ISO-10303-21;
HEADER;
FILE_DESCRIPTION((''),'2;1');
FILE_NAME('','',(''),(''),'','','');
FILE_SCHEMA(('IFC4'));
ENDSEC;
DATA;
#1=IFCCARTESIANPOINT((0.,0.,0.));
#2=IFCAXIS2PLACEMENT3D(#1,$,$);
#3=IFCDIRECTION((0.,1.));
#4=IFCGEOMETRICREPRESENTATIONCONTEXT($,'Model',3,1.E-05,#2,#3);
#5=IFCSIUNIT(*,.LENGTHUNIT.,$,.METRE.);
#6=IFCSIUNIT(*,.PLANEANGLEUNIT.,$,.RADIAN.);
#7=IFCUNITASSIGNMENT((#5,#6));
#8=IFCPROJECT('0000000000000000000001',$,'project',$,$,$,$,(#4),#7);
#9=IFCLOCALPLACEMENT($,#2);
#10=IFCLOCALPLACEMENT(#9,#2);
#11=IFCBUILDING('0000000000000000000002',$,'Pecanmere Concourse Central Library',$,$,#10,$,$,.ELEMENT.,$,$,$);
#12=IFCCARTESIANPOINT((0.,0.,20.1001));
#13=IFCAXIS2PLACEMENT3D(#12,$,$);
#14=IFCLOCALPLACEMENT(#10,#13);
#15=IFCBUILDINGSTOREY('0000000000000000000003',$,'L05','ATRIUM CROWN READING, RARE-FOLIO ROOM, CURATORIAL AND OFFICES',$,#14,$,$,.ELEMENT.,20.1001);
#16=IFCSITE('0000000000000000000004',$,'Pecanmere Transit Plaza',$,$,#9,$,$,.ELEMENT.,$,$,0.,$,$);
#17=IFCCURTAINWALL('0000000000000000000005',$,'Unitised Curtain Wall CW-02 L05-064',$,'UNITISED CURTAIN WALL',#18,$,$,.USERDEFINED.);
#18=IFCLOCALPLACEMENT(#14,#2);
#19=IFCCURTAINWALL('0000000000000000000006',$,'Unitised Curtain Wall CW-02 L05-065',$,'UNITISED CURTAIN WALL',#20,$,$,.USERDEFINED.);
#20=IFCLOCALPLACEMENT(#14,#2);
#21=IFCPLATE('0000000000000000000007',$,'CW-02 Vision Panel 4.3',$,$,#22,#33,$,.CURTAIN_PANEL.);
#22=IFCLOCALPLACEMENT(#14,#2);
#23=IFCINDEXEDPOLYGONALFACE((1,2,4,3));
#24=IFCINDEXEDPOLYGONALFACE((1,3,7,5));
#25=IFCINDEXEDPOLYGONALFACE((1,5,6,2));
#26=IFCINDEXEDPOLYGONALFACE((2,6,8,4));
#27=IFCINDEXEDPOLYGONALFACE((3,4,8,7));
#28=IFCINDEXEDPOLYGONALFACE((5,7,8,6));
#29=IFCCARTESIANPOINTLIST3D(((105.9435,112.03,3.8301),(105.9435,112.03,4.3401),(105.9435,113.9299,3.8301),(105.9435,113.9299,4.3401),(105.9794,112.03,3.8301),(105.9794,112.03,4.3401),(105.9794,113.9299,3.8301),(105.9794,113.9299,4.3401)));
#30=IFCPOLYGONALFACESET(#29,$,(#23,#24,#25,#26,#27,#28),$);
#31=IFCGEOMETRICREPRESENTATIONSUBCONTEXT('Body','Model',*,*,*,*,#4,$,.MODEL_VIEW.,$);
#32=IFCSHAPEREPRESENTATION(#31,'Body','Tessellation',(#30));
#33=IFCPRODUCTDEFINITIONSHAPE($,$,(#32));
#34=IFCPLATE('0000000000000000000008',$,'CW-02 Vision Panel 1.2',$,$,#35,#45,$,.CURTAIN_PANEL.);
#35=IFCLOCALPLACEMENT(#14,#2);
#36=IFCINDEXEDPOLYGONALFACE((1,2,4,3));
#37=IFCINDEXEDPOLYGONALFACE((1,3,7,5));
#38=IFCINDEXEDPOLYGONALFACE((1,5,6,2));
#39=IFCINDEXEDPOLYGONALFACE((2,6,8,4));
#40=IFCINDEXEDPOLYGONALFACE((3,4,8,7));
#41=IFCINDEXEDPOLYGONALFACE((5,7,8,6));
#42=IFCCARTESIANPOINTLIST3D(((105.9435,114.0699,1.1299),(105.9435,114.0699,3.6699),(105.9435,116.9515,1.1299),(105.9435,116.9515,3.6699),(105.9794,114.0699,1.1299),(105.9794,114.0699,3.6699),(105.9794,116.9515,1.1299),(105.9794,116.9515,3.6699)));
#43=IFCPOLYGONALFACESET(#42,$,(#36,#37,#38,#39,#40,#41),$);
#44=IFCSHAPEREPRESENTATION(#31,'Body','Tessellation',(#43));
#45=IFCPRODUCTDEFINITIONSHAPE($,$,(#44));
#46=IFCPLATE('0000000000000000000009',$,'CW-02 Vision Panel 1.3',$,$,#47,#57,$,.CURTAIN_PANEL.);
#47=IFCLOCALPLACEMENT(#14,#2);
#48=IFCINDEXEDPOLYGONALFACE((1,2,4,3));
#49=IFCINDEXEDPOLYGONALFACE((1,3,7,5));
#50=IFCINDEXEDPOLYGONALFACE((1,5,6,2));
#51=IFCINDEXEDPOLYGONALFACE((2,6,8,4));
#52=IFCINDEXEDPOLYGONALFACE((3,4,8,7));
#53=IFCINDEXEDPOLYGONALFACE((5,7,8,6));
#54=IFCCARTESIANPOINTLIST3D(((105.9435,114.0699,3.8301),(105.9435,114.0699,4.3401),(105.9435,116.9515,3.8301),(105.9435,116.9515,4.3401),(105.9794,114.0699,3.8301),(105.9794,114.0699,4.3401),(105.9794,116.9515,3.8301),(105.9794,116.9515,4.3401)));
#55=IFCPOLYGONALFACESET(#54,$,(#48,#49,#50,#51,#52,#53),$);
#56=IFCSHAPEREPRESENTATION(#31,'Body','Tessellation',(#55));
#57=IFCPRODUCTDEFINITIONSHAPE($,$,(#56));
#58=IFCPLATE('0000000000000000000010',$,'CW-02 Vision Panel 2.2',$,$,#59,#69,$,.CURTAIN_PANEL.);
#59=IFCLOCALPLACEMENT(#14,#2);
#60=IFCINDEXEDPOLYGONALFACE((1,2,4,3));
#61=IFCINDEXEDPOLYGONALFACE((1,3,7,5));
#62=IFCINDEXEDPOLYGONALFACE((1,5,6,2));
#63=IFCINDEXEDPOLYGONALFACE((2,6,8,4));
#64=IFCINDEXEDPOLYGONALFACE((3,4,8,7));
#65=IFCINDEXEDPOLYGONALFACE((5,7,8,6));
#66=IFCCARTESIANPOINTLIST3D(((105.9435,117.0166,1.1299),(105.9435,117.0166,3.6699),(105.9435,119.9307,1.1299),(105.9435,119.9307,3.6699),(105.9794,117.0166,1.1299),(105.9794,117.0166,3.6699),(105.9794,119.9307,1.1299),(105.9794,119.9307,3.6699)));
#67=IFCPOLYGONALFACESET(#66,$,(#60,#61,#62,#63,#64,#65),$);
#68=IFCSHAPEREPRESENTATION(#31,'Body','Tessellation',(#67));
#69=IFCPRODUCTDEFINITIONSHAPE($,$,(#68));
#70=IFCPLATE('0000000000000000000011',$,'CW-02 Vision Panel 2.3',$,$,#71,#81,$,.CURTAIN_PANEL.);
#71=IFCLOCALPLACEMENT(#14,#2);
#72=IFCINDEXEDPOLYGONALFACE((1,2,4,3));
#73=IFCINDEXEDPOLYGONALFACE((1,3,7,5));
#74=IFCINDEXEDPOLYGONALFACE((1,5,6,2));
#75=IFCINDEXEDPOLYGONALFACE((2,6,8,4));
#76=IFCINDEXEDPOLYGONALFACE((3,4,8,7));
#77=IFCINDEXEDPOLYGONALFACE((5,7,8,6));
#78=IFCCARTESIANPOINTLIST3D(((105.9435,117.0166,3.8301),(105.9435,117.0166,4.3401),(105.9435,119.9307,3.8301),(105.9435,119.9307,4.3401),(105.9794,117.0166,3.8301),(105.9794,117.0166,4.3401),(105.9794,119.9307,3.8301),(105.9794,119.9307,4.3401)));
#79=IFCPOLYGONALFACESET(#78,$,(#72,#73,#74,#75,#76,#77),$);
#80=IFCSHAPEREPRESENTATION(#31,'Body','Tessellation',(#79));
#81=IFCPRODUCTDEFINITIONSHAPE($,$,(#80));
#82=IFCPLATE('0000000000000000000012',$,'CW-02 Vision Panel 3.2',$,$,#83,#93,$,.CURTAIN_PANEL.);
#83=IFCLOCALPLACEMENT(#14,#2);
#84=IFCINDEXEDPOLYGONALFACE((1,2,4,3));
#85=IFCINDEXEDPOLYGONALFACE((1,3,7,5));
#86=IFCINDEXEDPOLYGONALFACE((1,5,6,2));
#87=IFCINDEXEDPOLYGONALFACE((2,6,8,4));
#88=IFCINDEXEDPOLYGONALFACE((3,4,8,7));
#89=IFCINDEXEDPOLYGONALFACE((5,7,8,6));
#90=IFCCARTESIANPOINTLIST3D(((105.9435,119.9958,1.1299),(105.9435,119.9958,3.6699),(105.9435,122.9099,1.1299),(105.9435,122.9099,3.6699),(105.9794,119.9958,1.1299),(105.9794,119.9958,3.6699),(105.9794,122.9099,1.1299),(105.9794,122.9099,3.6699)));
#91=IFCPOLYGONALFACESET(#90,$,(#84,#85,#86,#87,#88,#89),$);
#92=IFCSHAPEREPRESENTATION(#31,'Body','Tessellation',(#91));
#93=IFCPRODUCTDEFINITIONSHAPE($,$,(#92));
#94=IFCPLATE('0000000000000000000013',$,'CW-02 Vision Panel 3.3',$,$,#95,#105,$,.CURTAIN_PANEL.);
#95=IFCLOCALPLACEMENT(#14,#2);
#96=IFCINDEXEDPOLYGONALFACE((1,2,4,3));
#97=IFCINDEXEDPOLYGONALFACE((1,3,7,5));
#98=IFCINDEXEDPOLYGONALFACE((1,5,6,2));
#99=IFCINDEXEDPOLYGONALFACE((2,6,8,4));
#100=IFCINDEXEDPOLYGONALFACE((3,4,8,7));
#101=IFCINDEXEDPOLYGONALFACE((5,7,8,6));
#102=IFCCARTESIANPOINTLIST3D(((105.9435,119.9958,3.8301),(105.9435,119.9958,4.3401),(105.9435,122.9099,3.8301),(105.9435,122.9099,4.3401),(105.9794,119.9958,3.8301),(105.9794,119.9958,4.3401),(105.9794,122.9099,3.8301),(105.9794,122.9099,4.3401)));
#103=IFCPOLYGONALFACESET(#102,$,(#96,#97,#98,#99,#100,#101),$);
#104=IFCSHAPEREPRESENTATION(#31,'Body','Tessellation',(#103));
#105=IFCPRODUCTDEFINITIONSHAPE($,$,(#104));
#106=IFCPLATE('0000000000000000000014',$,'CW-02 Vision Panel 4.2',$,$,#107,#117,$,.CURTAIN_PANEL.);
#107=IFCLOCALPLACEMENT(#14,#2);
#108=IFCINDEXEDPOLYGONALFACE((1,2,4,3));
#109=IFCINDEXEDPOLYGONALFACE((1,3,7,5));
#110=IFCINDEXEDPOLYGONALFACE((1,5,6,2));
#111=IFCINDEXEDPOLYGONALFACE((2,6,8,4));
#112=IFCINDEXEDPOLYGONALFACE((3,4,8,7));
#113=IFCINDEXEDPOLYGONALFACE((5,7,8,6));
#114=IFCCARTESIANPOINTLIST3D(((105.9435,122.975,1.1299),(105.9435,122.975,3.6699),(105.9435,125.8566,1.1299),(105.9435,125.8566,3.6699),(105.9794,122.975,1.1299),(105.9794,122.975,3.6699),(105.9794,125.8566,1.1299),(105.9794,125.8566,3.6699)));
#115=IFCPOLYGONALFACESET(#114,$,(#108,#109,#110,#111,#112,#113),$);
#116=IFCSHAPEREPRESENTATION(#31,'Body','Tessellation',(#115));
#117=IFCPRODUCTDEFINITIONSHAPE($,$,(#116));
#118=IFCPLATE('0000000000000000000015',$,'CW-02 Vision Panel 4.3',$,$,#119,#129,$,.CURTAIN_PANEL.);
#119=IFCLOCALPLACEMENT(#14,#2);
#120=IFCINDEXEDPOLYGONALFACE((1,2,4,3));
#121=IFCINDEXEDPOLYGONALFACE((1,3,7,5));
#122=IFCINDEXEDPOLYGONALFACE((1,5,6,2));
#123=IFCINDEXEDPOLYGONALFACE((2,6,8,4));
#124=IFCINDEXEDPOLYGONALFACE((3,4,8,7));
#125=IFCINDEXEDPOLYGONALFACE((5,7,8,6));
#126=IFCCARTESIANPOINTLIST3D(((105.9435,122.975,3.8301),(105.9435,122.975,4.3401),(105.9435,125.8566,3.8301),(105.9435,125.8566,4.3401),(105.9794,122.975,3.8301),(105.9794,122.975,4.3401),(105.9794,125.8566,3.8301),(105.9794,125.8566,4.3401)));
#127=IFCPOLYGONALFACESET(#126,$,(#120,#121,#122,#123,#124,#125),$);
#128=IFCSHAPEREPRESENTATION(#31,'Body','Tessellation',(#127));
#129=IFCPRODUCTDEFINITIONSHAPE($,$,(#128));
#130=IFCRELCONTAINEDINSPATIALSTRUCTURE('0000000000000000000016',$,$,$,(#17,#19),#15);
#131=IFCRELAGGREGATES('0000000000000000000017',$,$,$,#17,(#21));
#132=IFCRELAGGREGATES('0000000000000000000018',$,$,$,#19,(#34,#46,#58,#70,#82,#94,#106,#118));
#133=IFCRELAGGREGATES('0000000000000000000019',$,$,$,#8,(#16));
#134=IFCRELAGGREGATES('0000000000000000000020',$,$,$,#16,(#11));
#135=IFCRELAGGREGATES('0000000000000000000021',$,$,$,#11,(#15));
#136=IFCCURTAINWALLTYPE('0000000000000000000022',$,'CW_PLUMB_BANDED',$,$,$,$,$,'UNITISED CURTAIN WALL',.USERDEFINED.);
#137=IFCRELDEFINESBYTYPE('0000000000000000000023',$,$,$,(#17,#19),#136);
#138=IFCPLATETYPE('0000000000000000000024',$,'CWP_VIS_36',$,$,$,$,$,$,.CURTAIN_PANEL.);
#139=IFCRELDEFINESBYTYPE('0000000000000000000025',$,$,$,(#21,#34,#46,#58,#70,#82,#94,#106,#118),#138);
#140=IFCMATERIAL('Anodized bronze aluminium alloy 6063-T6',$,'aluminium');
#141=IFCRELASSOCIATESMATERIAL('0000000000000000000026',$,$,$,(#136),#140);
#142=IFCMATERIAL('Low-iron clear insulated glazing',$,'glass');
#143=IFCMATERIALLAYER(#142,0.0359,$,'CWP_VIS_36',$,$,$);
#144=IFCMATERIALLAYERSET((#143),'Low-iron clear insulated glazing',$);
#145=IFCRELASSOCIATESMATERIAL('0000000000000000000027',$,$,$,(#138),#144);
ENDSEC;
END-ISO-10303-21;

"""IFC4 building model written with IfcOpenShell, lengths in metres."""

from ifc_helpers import new_model, si_unit, direction, frame, origin, origin_2d, place, context, subcontext, project, spatial, rectangle, extrude, material, layer, layer_set, type_object, element, aggregate, save


model = new_model("IFC4")

# Units and contexts
model_context = context("Model", 3, precision=1e-05, world=origin(), true_north=direction((0.0, 1.0)))
body_context = subcontext(model_context, "Body", "Model", "MODEL_VIEW")
ifc_project = project(units=[si_unit("LENGTHUNIT", "METRE"), si_unit("PLANEANGLEUNIT", "RADIAN")], contexts=[model_context])

# Site, building, storey
site_placement = place(None, origin())
site = spatial("IfcSite", under=ifc_project, at=site_placement, Name="Pecanmere Transit Plaza", CompositionType="ELEMENT", RefElevation=0.0)
building_placement = place(site_placement, origin())
building = spatial("IfcBuilding", under=site, at=building_placement, Name="Pecanmere Concourse Central Library", CompositionType="ELEMENT")
storey_placement = place(building_placement, frame((0.0, 0.0, 20.1001)))
storey = spatial("IfcBuildingStorey", under=building, at=storey_placement, Name="L05", Description="ATRIUM CROWN READING, RARE-FOLIO ROOM, CURATORIAL AND OFFICES", CompositionType="ELEMENT", Elevation=20.1001)

# Curtain wall
ifc_material_1 = material(Name="Anodized bronze aluminium alloy 6063-T6", Category="aluminium")
curtain_wall_type = type_object("IfcCurtainWallType", Name="CW_PLUMB_BANDED", ElementType="UNITISED CURTAIN WALL", PredefinedType="USERDEFINED", material=ifc_material_1)
curtain_wall_1_placement = place(storey_placement, origin())
curtain_wall_1 = element("IfcCurtainWall", 1, at=curtain_wall_1_placement, inside=storey, type_object=curtain_wall_type, Name="Unitised Curtain Wall CW-02 L05-064", ObjectType="UNITISED CURTAIN WALL", PredefinedType="USERDEFINED")

# Curtain wall
curtain_wall_2_placement = place(storey_placement, origin())
curtain_wall_2 = element("IfcCurtainWall", 2, at=curtain_wall_2_placement, inside=storey, type_object=curtain_wall_type, Name="Unitised Curtain Wall CW-02 L05-065", ObjectType="UNITISED CURTAIN WALL", PredefinedType="USERDEFINED")

# Plates
ifc_material_2 = material(Name="Low-iron clear insulated glazing", Category="glass")
ifc_layer_1 = layer(ifc_material_2, 0.0359, Name="CWP_VIS_36")
ifc_layer_set_1 = layer_set([ifc_layer_1], Name="Low-iron clear insulated glazing")
plate_type_1 = type_object("IfcPlateType", Name="CWP_VIS_36", PredefinedType="CURTAIN_PANEL", material=ifc_layer_set_1)
plate_1_placement = place(storey_placement, frame((105.9614, 112.98, 3.8301), z_axis=(0.0, 0.0, 1.0), x_axis=(0.0, 1.0, 0.0)))
plate_1 = element("IfcPlate", 3, at=plate_1_placement, type_object=plate_type_1, Name="CW-02 Vision Panel 4.3", PredefinedType="CURTAIN_PANEL", context=body_context, shape_type="SweptSolid", body=[
    extrude(rectangle(XDim=1.8999, YDim=0.0359, at=origin_2d()), origin(), (0.0, 0.0, 1.0), 0.51),
])
aggregate(curtain_wall_1, [plate_1])
plate_2_placement = place(storey_placement, frame((105.9614, 115.5107, 1.1299), z_axis=(0.0, 0.0, 1.0), x_axis=(0.0, 1.0, 0.0)))
plate_2 = element("IfcPlate", 4, at=plate_2_placement, type_object=plate_type_1, Name="CW-02 Vision Panel 1.2", PredefinedType="CURTAIN_PANEL", context=body_context, shape_type="SweptSolid", body=[
    extrude(rectangle(XDim=2.8816, YDim=0.0359, at=origin_2d()), origin(), (0.0, 0.0, 1.0), 2.54),
])
plate_3_placement = place(storey_placement, frame((105.9614, 115.5107, 3.8301), z_axis=(0.0, 0.0, 1.0), x_axis=(0.0, 1.0, 0.0)))
plate_3 = element("IfcPlate", 5, at=plate_3_placement, type_object=plate_type_1, Name="CW-02 Vision Panel 1.3", PredefinedType="CURTAIN_PANEL", context=body_context, shape_type="SweptSolid", body=[
    extrude(rectangle(XDim=2.8816, YDim=0.0359, at=origin_2d()), origin(), (0.0, 0.0, 1.0), 0.51),
])
plate_4_placement = place(storey_placement, frame((105.9614, 118.4736, 1.1299), z_axis=(0.0, 0.0, 1.0), x_axis=(0.0, 1.0, 0.0)))
plate_4 = element("IfcPlate", 6, at=plate_4_placement, type_object=plate_type_1, Name="CW-02 Vision Panel 2.2", PredefinedType="CURTAIN_PANEL", context=body_context, shape_type="SweptSolid", body=[
    extrude(rectangle(XDim=2.9141, YDim=0.0359, at=origin_2d()), origin(), (0.0, 0.0, 1.0), 2.54),
])
plate_5_placement = place(storey_placement, frame((105.9614, 118.4736, 3.8301), z_axis=(0.0, 0.0, 1.0), x_axis=(0.0, 1.0, 0.0)))
plate_5 = element("IfcPlate", 7, at=plate_5_placement, type_object=plate_type_1, Name="CW-02 Vision Panel 2.3", PredefinedType="CURTAIN_PANEL", context=body_context, shape_type="SweptSolid", body=[
    extrude(rectangle(XDim=2.9141, YDim=0.0359, at=origin_2d()), origin(), (0.0, 0.0, 1.0), 0.51),
])
plate_6_placement = place(storey_placement, frame((105.9614, 121.4529, 1.1299), z_axis=(0.0, 0.0, 1.0), x_axis=(0.0, 1.0, 0.0)))
plate_6 = element("IfcPlate", 8, at=plate_6_placement, type_object=plate_type_1, Name="CW-02 Vision Panel 3.2", PredefinedType="CURTAIN_PANEL", context=body_context, shape_type="SweptSolid", body=[
    extrude(rectangle(XDim=2.9141, YDim=0.0359, at=origin_2d()), origin(), (0.0, 0.0, 1.0), 2.54),
])
plate_7_placement = place(storey_placement, frame((105.9614, 121.4529, 3.8301), z_axis=(0.0, 0.0, 1.0), x_axis=(0.0, 1.0, 0.0)))
plate_7 = element("IfcPlate", 9, at=plate_7_placement, type_object=plate_type_1, Name="CW-02 Vision Panel 3.3", PredefinedType="CURTAIN_PANEL", context=body_context, shape_type="SweptSolid", body=[
    extrude(rectangle(XDim=2.9141, YDim=0.0359, at=origin_2d()), origin(), (0.0, 0.0, 1.0), 0.51),
])
plate_8_placement = place(storey_placement, frame((105.9614, 124.4158, 1.1299), z_axis=(0.0, 0.0, 1.0), x_axis=(0.0, 1.0, 0.0)))
plate_8 = element("IfcPlate", 10, at=plate_8_placement, type_object=plate_type_1, Name="CW-02 Vision Panel 4.2", PredefinedType="CURTAIN_PANEL", context=body_context, shape_type="SweptSolid", body=[
    extrude(rectangle(XDim=2.8816, YDim=0.0359, at=origin_2d()), origin(), (0.0, 0.0, 1.0), 2.54),
])
plate_9_placement = place(storey_placement, frame((105.9614, 124.4158, 3.8301), z_axis=(0.0, 0.0, 1.0), x_axis=(0.0, 1.0, 0.0)))
plate_9 = element("IfcPlate", 11, at=plate_9_placement, type_object=plate_type_1, Name="CW-02 Vision Panel 4.3", PredefinedType="CURTAIN_PANEL", context=body_context, shape_type="SweptSolid", body=[
    extrude(rectangle(XDim=2.8816, YDim=0.0359, at=origin_2d()), origin(), (0.0, 0.0, 1.0), 0.51),
])
aggregate(curtain_wall_2, [plate_2, plate_3, plate_4, plate_5, plate_6, plate_7, plate_8, plate_9])

save(model, "model.ifc")
